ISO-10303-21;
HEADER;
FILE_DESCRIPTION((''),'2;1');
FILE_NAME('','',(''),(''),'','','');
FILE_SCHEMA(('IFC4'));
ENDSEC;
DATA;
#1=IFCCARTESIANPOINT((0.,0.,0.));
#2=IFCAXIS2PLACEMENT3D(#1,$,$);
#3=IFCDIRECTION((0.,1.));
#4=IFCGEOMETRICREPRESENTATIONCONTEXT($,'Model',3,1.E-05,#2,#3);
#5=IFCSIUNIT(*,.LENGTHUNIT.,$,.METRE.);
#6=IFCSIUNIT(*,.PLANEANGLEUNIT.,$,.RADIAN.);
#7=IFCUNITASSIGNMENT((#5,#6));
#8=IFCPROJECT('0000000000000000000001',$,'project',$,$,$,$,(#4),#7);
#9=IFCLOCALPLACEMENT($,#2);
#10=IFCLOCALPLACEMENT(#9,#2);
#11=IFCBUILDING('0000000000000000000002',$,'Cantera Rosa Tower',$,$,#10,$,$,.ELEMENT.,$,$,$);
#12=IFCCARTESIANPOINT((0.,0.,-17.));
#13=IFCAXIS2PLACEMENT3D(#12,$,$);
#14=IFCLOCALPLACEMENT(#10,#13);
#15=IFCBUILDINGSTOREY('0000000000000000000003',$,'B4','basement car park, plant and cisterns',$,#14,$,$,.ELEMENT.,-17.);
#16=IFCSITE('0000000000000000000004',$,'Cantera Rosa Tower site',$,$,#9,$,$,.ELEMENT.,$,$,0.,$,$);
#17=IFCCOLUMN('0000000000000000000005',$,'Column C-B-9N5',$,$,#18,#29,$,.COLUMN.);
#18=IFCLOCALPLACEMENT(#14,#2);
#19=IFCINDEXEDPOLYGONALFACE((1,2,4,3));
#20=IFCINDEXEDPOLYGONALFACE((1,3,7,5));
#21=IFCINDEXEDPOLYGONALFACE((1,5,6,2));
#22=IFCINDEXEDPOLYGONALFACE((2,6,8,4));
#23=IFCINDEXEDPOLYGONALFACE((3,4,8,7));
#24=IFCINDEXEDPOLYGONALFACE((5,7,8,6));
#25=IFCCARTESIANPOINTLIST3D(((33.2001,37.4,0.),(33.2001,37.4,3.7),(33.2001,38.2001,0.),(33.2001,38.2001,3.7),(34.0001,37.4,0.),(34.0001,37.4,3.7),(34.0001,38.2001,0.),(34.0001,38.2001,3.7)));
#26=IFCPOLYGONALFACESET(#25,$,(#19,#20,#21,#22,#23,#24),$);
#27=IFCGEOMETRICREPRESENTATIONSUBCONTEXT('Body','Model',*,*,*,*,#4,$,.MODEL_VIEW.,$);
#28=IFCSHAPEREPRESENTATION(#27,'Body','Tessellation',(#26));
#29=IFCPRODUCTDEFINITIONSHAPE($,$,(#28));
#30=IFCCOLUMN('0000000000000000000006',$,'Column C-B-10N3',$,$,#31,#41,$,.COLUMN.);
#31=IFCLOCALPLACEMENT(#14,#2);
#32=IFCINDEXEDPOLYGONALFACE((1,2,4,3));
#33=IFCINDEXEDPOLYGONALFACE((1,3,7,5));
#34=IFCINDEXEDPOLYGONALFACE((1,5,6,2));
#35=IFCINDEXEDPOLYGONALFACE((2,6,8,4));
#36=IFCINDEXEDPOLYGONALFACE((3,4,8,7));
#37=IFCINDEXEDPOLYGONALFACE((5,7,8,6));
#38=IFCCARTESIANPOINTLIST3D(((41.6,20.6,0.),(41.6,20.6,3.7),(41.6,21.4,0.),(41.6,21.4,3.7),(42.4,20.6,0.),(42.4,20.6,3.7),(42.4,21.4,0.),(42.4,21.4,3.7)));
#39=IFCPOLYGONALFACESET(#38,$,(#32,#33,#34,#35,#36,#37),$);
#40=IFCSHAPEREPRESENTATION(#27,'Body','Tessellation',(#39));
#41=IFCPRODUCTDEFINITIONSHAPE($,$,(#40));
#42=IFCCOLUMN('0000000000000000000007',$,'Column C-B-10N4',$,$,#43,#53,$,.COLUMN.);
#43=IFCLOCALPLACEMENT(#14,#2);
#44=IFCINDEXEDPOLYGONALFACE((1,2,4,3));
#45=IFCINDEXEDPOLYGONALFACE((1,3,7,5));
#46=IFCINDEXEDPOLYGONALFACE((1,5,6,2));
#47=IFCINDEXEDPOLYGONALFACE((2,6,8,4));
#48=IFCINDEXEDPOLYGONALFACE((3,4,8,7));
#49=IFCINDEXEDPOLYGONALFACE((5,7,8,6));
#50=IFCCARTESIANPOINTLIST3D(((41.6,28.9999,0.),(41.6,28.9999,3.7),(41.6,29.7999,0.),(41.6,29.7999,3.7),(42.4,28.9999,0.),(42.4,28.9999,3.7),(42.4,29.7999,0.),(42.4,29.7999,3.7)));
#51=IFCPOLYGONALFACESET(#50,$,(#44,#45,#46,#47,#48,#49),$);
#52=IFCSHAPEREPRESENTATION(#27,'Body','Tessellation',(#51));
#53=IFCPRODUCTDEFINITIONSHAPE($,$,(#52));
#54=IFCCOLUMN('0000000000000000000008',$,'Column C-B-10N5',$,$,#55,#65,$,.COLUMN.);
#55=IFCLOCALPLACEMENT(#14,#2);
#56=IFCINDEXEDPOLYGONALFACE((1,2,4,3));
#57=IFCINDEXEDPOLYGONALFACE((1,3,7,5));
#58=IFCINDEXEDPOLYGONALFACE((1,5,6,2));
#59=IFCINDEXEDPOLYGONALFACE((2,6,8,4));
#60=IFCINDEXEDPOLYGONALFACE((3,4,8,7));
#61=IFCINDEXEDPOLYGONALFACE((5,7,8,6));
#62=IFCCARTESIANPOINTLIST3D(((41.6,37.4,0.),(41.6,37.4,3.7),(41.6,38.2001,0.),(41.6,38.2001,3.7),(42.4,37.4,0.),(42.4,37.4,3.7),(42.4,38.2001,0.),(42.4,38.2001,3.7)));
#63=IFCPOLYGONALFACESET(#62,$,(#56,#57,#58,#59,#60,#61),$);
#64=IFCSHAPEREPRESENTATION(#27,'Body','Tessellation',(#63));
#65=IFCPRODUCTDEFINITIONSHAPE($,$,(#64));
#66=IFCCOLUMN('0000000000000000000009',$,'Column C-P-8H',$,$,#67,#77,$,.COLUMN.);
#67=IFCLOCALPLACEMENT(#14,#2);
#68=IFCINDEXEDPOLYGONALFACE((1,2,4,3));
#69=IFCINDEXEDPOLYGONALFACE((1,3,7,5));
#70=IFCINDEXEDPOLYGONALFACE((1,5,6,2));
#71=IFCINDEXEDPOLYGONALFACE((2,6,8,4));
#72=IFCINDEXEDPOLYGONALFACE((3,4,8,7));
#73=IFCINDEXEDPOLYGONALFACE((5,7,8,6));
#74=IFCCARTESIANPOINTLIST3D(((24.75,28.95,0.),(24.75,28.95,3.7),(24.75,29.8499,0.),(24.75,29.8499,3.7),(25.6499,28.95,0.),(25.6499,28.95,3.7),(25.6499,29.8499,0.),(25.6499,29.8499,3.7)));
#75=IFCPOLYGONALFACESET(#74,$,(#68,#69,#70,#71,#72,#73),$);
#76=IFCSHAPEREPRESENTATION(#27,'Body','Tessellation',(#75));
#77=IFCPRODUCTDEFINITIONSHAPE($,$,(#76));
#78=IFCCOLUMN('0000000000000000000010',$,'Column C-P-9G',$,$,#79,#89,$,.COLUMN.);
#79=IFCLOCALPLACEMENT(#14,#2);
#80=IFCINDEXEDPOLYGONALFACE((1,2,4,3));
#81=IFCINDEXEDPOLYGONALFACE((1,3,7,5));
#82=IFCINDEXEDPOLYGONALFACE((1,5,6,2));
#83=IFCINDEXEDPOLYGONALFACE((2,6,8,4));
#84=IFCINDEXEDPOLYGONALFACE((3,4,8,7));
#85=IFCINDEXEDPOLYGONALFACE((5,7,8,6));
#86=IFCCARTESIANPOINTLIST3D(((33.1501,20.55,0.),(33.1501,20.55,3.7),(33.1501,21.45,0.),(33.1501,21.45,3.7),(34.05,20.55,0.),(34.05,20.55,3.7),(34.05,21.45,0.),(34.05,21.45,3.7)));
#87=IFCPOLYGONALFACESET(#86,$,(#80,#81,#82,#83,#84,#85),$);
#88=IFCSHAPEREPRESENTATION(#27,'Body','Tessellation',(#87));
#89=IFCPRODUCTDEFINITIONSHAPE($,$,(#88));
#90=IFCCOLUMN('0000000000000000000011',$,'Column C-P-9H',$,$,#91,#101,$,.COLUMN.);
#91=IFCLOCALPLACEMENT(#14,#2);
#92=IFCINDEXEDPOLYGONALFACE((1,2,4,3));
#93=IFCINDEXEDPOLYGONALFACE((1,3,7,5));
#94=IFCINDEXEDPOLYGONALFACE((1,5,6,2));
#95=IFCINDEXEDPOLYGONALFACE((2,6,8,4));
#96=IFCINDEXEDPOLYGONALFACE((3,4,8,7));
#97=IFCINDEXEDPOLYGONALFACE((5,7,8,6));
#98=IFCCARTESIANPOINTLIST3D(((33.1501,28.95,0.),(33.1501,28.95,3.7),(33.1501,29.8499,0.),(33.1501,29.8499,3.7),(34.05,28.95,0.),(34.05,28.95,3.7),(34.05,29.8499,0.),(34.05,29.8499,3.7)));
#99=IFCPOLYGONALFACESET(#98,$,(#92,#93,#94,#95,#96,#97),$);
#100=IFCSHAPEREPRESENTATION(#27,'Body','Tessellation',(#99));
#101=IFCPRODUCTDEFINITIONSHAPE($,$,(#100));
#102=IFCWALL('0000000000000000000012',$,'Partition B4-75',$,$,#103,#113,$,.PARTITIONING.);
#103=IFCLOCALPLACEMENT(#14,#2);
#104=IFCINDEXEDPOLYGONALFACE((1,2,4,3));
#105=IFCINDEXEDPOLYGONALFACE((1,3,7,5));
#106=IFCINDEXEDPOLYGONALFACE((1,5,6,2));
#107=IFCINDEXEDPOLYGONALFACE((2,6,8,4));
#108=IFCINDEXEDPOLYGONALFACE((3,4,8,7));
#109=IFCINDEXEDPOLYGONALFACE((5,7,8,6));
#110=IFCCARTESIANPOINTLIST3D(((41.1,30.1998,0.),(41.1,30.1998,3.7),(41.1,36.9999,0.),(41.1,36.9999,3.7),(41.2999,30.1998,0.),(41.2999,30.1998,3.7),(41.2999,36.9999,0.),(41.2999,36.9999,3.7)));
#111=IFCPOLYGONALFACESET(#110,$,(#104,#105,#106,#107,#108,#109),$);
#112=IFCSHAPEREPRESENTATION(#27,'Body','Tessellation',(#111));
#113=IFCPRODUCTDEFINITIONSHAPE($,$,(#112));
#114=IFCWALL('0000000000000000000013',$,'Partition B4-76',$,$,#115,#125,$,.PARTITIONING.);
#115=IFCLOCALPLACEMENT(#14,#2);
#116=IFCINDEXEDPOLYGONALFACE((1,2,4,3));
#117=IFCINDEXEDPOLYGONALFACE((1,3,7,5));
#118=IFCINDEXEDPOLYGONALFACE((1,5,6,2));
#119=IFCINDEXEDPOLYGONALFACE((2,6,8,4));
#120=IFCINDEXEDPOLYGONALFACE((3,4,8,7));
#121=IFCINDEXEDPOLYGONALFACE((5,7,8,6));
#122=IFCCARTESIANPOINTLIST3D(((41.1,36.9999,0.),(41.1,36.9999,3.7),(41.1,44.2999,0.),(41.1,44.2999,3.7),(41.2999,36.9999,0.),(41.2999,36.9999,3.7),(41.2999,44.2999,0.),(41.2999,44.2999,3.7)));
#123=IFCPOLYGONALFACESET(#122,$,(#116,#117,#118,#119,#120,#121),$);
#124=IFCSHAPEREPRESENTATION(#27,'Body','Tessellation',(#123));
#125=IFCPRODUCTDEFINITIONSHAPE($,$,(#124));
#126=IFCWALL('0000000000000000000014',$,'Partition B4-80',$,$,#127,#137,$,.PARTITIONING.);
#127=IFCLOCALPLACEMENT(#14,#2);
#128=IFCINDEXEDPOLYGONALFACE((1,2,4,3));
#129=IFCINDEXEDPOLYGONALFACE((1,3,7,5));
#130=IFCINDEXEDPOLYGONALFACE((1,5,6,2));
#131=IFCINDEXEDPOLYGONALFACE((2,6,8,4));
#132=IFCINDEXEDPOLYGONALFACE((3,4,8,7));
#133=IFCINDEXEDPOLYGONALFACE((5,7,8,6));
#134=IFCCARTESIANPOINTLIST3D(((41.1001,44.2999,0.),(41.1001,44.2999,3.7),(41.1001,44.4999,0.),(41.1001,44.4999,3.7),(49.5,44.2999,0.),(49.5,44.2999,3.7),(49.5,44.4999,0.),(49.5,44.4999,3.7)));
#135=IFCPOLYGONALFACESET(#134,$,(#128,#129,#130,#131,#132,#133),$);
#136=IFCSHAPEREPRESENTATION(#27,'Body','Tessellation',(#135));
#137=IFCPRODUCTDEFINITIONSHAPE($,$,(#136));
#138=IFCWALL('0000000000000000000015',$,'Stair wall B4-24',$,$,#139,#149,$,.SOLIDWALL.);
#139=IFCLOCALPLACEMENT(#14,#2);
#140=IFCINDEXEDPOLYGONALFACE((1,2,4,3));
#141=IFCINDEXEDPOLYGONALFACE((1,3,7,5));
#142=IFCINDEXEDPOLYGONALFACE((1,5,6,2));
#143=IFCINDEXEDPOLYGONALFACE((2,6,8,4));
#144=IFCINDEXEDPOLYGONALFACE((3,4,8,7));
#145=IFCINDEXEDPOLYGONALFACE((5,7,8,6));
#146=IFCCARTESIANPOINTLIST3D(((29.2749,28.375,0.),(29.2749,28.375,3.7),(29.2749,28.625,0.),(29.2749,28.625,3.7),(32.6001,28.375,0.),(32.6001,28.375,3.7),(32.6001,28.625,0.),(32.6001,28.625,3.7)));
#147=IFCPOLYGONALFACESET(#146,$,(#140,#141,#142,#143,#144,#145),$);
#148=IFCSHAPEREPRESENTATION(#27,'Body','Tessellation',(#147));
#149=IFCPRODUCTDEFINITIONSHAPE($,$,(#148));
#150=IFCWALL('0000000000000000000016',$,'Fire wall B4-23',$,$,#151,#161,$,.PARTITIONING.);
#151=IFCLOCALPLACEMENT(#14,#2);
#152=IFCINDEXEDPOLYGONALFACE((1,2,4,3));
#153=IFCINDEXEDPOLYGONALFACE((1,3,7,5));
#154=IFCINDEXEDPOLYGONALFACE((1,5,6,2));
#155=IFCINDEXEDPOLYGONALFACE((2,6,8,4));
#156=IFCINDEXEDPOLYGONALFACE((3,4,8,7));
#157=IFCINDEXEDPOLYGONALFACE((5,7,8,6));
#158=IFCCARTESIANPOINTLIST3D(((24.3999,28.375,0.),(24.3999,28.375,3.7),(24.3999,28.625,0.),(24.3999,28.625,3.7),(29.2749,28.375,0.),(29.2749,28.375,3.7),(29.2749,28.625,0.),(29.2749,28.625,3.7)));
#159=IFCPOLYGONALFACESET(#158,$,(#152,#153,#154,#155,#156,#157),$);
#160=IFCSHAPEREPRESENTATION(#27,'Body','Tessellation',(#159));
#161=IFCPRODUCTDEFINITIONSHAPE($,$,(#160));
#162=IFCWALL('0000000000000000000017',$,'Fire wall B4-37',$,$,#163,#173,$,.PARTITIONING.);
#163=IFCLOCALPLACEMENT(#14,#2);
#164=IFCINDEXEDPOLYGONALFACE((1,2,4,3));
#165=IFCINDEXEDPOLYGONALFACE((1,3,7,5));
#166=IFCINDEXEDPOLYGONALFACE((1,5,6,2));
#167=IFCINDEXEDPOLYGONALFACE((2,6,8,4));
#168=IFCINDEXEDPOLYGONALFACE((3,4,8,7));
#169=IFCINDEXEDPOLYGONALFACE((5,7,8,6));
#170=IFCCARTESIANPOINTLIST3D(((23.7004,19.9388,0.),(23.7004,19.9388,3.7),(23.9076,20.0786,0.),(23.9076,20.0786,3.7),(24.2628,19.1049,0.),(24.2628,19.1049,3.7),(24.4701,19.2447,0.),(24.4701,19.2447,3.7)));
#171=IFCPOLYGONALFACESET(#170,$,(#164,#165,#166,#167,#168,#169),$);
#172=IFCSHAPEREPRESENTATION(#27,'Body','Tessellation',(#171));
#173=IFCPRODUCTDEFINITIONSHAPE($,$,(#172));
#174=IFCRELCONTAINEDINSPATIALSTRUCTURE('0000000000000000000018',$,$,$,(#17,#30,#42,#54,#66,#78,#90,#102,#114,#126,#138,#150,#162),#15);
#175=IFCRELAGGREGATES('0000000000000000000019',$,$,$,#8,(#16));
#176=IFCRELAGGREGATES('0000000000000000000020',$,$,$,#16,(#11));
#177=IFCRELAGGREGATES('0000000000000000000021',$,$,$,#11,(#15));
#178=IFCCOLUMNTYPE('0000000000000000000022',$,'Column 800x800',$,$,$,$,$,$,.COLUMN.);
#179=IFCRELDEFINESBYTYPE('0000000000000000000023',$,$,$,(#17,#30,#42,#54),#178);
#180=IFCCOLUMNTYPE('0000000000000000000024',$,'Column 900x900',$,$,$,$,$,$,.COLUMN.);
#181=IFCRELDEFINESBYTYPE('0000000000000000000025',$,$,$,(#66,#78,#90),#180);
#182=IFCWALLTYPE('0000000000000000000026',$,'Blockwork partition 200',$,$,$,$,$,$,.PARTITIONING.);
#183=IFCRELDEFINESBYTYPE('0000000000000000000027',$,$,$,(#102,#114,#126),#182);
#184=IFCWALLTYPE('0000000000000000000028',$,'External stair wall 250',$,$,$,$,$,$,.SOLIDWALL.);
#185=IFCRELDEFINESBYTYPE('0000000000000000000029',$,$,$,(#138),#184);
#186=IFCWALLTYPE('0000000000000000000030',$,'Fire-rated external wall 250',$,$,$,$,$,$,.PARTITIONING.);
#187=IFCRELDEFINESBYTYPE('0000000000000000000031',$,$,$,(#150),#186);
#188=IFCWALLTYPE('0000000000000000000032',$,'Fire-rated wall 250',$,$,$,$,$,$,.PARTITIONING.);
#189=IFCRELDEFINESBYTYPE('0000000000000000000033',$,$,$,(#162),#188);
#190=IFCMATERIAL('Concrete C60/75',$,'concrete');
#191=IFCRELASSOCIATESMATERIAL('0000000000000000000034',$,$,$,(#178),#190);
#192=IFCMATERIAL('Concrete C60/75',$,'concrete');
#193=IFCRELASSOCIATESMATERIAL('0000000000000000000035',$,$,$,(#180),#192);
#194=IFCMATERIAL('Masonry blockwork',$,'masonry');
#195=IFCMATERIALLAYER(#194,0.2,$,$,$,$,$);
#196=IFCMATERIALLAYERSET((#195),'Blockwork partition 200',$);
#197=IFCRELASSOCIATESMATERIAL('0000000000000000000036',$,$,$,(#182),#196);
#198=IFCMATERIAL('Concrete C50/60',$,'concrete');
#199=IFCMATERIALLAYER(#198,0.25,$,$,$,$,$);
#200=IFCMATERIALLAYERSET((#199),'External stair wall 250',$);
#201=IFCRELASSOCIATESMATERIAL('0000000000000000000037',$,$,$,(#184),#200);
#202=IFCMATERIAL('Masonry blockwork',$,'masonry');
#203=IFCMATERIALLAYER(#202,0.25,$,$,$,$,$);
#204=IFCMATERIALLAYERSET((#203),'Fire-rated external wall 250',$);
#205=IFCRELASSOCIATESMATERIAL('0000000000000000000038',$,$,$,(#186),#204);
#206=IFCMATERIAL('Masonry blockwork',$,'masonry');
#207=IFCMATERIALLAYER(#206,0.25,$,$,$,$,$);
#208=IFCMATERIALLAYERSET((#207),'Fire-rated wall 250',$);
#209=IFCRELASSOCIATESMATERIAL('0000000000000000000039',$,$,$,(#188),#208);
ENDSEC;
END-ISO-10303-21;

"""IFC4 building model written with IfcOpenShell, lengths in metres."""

from ifc_helpers import new_model, si_unit, direction, frame, frame_2d, origin, origin_2d, place, context, subcontext, project, spatial, rectangle, extrude, material, layer, layer_set, material_profile, profile_set, type_object, element, save


model = new_model("IFC4")

# Units and contexts
model_context = context("Model", 3, precision=1e-05, world=origin(), true_north=direction((0.0, 1.0)))
body_context = subcontext(model_context, "Body", "Model", "MODEL_VIEW")
ifc_project = project(units=[si_unit("LENGTHUNIT", "METRE"), si_unit("PLANEANGLEUNIT", "RADIAN")], contexts=[model_context])

# Site, building, storey
site_placement = place(None, origin())
site = spatial("IfcSite", under=ifc_project, at=site_placement, Name="Cantera Rosa Tower site", CompositionType="ELEMENT", RefElevation=0.0)
building_placement = place(site_placement, origin())
building = spatial("IfcBuilding", under=site, at=building_placement, Name="Cantera Rosa Tower", CompositionType="ELEMENT")
storey_placement = place(building_placement, frame((0.0, 0.0, -17.0)))
storey = spatial("IfcBuildingStorey", under=building, at=storey_placement, Name="B4", Description="basement car park, plant and cisterns", CompositionType="ELEMENT", Elevation=-17.0)

# Columns
ifc_material_1 = material(Name="Concrete C60/75", Category="concrete")
ifc_material_profile_1 = material_profile(ifc_material_1, rectangle(XDim=0.8, YDim=0.8, at=origin_2d()), Name="Column 800x800")
ifc_profile_set_1 = profile_set([ifc_material_profile_1], Name="Concrete C60/75")
column_type_1 = type_object("IfcColumnType", Name="Column 800x800", PredefinedType="COLUMN", material=ifc_profile_set_1)
for number, where, z_axis, x_axis, name in (
    (1, (33.6001, 37.8, 0.0), (0.0, 0.0, 1.0), (1.0, 0.0, 0.0), "Column C-B-9N5"),
    (2, (42.0, 21.0, 0.0), (0.0, 0.0, 1.0), (1.0, 0.0, 0.0), "Column C-B-10N3"),
    (3, (42.0, 29.3999, 0.0), (0.0, 0.0, 1.0), (1.0, 0.0, 0.0), "Column C-B-10N4"),
    (4, (42.0, 37.8, 0.0), (0.0, 0.0, 1.0), (1.0, 0.0, 0.0), "Column C-B-10N5"),
):
    element("IfcColumn", number, at=place(storey_placement, frame(where, z_axis=z_axis, x_axis=x_axis)), inside=storey, type_object=column_type_1, Name=name, PredefinedType="COLUMN", context=body_context, shape_type="SweptSolid", body=[
        extrude(rectangle(XDim=0.8, YDim=0.8, at=origin_2d()), origin(), (0.0, 0.0, 1.0), 3.7),
    ])
ifc_material_2 = material(Name="Concrete C60/75", Category="concrete")
ifc_material_profile_2 = material_profile(ifc_material_2, rectangle(XDim=0.8999, YDim=0.8999, at=origin_2d()), Name="Column 900x900")
ifc_profile_set_2 = profile_set([ifc_material_profile_2], Name="Concrete C60/75")
column_type_2 = type_object("IfcColumnType", Name="Column 900x900", PredefinedType="COLUMN", material=ifc_profile_set_2)
for number, where, z_axis, x_axis, name in (
    (5, (25.2, 29.3999, 0.0), (0.0, 0.0, 1.0), (1.0, 0.0, 0.0), "Column C-P-8H"),
    (6, (33.6001, 21.0, 0.0), (0.0, 0.0, 1.0), (1.0, 0.0, 0.0), "Column C-P-9G"),
    (7, (33.6001, 29.3999, 0.0), (0.0, 0.0, 1.0), (1.0, 0.0, 0.0), "Column C-P-9H"),
):
    element("IfcColumn", number, at=place(storey_placement, frame(where, z_axis=z_axis, x_axis=x_axis)), inside=storey, type_object=column_type_2, Name=name, PredefinedType="COLUMN", context=body_context, shape_type="SweptSolid", body=[
        extrude(rectangle(XDim=0.8999, YDim=0.8999, at=origin_2d()), origin(), (0.0, 0.0, 1.0), 3.7),
    ])

# Walls
ifc_material_3 = material(Name="Masonry blockwork", Category="masonry")
ifc_layer_1 = layer(ifc_material_3, 0.2)
ifc_layer_set_1 = layer_set([ifc_layer_1], Name="Blockwork partition 200")
wall_type_1 = type_object("IfcWallType", Name="Blockwork partition 200", PredefinedType="PARTITIONING", material=ifc_layer_set_1)
wall_1_placement = place(storey_placement, frame((41.2, 30.2, 0.0), z_axis=(0.0, 0.0, 1.0), x_axis=(0.0, 1.0, 0.0)))
element("IfcWall", 8, at=wall_1_placement, inside=storey, type_object=wall_type_1, Name="Partition B4-75", PredefinedType="PARTITIONING", context=body_context, shape_type="SweptSolid", body=[
    extrude(rectangle(XDim=6.8, YDim=0.2, at=frame_2d((3.3999, 0.0))), origin(), (0.0, 0.0, 1.0), 3.7),
])
wall_2_placement = place(storey_placement, frame((41.2, 37.0, 0.0), z_axis=(0.0, 0.0, 1.0), x_axis=(0.0, 1.0, 0.0)))
element("IfcWall", 9, at=wall_2_placement, inside=storey, type_object=wall_type_1, Name="Partition B4-76", PredefinedType="PARTITIONING", context=body_context, shape_type="SweptSolid", body=[
    extrude(rectangle(XDim=7.3, YDim=0.2, at=frame_2d((3.6499, 0.0))), origin(), (0.0, 0.0, 1.0), 3.7),
])
wall_3_placement = place(storey_placement, frame((41.1001, 44.3999, 0.0), z_axis=(0.0, 0.0, 1.0), x_axis=(1.0, 0.0, 0.0)))
element("IfcWall", 10, at=wall_3_placement, inside=storey, type_object=wall_type_1, Name="Partition B4-80", PredefinedType="PARTITIONING", context=body_context, shape_type="SweptSolid", body=[
    extrude(rectangle(XDim=8.3999, YDim=0.2, at=frame_2d((4.2, 0.0))), origin(), (0.0, 0.0, 1.0), 3.7),
])
ifc_material_4 = material(Name="Concrete C50/60", Category="concrete")
ifc_layer_2 = layer(ifc_material_4, 0.25)
ifc_layer_set_2 = layer_set([ifc_layer_2], Name="External stair wall 250")
wall_type_2 = type_object("IfcWallType", Name="External stair wall 250", PredefinedType="SOLIDWALL", material=ifc_layer_set_2)
wall_4_placement = place(storey_placement, frame((29.2749, 28.5, 0.0), z_axis=(0.0, 0.0, 1.0), x_axis=(1.0, 0.0, 0.0)))
element("IfcWall", 11, at=wall_4_placement, inside=storey, type_object=wall_type_2, Name="Stair wall B4-24", PredefinedType="SOLIDWALL", context=body_context, shape_type="SweptSolid", body=[
    extrude(rectangle(XDim=3.3252, YDim=0.25, at=frame_2d((1.6626, 0.0))), origin(), (0.0, 0.0, 1.0), 3.7),
])
ifc_material_5 = material(Name="Masonry blockwork", Category="masonry")
ifc_layer_3 = layer(ifc_material_5, 0.25)
ifc_layer_set_3 = layer_set([ifc_layer_3], Name="Fire-rated external wall 250")
wall_type_3 = type_object("IfcWallType", Name="Fire-rated external wall 250", PredefinedType="PARTITIONING", material=ifc_layer_set_3)
wall_5_placement = place(storey_placement, frame((24.3999, 28.5, 0.0), z_axis=(0.0, 0.0, 1.0), x_axis=(1.0, 0.0, 0.0)))
element("IfcWall", 12, at=wall_5_placement, inside=storey, type_object=wall_type_3, Name="Fire wall B4-23", PredefinedType="PARTITIONING", context=body_context, shape_type="SweptSolid", body=[
    extrude(rectangle(XDim=4.875, YDim=0.25, at=frame_2d((2.4375, 0.0))), origin(), (0.0, 0.0, 1.0), 3.7),
])
ifc_material_6 = material(Name="Masonry blockwork", Category="masonry")
ifc_layer_4 = layer(ifc_material_6, 0.25)
ifc_layer_set_4 = layer_set([ifc_layer_4], Name="Fire-rated wall 250")
wall_type_4 = type_object("IfcWallType", Name="Fire-rated wall 250", PredefinedType="PARTITIONING", material=ifc_layer_set_4)
wall_6_placement = place(storey_placement, frame((24.3665, 19.1748, 0.0), z_axis=(0.0, 0.0, 1.0), x_axis=(-0.559173, 0.829051, 0.0)))
element("IfcWall", 13, at=wall_6_placement, inside=storey, type_object=wall_type_4, Name="Fire wall B4-37", PredefinedType="PARTITIONING", context=body_context, shape_type="SweptSolid", body=[
    extrude(rectangle(XDim=1.0059, YDim=0.25, at=frame_2d((0.5029, 0.0))), origin(), (0.0, 0.0, 1.0), 3.7),
])

save(model, "model.ifc")
